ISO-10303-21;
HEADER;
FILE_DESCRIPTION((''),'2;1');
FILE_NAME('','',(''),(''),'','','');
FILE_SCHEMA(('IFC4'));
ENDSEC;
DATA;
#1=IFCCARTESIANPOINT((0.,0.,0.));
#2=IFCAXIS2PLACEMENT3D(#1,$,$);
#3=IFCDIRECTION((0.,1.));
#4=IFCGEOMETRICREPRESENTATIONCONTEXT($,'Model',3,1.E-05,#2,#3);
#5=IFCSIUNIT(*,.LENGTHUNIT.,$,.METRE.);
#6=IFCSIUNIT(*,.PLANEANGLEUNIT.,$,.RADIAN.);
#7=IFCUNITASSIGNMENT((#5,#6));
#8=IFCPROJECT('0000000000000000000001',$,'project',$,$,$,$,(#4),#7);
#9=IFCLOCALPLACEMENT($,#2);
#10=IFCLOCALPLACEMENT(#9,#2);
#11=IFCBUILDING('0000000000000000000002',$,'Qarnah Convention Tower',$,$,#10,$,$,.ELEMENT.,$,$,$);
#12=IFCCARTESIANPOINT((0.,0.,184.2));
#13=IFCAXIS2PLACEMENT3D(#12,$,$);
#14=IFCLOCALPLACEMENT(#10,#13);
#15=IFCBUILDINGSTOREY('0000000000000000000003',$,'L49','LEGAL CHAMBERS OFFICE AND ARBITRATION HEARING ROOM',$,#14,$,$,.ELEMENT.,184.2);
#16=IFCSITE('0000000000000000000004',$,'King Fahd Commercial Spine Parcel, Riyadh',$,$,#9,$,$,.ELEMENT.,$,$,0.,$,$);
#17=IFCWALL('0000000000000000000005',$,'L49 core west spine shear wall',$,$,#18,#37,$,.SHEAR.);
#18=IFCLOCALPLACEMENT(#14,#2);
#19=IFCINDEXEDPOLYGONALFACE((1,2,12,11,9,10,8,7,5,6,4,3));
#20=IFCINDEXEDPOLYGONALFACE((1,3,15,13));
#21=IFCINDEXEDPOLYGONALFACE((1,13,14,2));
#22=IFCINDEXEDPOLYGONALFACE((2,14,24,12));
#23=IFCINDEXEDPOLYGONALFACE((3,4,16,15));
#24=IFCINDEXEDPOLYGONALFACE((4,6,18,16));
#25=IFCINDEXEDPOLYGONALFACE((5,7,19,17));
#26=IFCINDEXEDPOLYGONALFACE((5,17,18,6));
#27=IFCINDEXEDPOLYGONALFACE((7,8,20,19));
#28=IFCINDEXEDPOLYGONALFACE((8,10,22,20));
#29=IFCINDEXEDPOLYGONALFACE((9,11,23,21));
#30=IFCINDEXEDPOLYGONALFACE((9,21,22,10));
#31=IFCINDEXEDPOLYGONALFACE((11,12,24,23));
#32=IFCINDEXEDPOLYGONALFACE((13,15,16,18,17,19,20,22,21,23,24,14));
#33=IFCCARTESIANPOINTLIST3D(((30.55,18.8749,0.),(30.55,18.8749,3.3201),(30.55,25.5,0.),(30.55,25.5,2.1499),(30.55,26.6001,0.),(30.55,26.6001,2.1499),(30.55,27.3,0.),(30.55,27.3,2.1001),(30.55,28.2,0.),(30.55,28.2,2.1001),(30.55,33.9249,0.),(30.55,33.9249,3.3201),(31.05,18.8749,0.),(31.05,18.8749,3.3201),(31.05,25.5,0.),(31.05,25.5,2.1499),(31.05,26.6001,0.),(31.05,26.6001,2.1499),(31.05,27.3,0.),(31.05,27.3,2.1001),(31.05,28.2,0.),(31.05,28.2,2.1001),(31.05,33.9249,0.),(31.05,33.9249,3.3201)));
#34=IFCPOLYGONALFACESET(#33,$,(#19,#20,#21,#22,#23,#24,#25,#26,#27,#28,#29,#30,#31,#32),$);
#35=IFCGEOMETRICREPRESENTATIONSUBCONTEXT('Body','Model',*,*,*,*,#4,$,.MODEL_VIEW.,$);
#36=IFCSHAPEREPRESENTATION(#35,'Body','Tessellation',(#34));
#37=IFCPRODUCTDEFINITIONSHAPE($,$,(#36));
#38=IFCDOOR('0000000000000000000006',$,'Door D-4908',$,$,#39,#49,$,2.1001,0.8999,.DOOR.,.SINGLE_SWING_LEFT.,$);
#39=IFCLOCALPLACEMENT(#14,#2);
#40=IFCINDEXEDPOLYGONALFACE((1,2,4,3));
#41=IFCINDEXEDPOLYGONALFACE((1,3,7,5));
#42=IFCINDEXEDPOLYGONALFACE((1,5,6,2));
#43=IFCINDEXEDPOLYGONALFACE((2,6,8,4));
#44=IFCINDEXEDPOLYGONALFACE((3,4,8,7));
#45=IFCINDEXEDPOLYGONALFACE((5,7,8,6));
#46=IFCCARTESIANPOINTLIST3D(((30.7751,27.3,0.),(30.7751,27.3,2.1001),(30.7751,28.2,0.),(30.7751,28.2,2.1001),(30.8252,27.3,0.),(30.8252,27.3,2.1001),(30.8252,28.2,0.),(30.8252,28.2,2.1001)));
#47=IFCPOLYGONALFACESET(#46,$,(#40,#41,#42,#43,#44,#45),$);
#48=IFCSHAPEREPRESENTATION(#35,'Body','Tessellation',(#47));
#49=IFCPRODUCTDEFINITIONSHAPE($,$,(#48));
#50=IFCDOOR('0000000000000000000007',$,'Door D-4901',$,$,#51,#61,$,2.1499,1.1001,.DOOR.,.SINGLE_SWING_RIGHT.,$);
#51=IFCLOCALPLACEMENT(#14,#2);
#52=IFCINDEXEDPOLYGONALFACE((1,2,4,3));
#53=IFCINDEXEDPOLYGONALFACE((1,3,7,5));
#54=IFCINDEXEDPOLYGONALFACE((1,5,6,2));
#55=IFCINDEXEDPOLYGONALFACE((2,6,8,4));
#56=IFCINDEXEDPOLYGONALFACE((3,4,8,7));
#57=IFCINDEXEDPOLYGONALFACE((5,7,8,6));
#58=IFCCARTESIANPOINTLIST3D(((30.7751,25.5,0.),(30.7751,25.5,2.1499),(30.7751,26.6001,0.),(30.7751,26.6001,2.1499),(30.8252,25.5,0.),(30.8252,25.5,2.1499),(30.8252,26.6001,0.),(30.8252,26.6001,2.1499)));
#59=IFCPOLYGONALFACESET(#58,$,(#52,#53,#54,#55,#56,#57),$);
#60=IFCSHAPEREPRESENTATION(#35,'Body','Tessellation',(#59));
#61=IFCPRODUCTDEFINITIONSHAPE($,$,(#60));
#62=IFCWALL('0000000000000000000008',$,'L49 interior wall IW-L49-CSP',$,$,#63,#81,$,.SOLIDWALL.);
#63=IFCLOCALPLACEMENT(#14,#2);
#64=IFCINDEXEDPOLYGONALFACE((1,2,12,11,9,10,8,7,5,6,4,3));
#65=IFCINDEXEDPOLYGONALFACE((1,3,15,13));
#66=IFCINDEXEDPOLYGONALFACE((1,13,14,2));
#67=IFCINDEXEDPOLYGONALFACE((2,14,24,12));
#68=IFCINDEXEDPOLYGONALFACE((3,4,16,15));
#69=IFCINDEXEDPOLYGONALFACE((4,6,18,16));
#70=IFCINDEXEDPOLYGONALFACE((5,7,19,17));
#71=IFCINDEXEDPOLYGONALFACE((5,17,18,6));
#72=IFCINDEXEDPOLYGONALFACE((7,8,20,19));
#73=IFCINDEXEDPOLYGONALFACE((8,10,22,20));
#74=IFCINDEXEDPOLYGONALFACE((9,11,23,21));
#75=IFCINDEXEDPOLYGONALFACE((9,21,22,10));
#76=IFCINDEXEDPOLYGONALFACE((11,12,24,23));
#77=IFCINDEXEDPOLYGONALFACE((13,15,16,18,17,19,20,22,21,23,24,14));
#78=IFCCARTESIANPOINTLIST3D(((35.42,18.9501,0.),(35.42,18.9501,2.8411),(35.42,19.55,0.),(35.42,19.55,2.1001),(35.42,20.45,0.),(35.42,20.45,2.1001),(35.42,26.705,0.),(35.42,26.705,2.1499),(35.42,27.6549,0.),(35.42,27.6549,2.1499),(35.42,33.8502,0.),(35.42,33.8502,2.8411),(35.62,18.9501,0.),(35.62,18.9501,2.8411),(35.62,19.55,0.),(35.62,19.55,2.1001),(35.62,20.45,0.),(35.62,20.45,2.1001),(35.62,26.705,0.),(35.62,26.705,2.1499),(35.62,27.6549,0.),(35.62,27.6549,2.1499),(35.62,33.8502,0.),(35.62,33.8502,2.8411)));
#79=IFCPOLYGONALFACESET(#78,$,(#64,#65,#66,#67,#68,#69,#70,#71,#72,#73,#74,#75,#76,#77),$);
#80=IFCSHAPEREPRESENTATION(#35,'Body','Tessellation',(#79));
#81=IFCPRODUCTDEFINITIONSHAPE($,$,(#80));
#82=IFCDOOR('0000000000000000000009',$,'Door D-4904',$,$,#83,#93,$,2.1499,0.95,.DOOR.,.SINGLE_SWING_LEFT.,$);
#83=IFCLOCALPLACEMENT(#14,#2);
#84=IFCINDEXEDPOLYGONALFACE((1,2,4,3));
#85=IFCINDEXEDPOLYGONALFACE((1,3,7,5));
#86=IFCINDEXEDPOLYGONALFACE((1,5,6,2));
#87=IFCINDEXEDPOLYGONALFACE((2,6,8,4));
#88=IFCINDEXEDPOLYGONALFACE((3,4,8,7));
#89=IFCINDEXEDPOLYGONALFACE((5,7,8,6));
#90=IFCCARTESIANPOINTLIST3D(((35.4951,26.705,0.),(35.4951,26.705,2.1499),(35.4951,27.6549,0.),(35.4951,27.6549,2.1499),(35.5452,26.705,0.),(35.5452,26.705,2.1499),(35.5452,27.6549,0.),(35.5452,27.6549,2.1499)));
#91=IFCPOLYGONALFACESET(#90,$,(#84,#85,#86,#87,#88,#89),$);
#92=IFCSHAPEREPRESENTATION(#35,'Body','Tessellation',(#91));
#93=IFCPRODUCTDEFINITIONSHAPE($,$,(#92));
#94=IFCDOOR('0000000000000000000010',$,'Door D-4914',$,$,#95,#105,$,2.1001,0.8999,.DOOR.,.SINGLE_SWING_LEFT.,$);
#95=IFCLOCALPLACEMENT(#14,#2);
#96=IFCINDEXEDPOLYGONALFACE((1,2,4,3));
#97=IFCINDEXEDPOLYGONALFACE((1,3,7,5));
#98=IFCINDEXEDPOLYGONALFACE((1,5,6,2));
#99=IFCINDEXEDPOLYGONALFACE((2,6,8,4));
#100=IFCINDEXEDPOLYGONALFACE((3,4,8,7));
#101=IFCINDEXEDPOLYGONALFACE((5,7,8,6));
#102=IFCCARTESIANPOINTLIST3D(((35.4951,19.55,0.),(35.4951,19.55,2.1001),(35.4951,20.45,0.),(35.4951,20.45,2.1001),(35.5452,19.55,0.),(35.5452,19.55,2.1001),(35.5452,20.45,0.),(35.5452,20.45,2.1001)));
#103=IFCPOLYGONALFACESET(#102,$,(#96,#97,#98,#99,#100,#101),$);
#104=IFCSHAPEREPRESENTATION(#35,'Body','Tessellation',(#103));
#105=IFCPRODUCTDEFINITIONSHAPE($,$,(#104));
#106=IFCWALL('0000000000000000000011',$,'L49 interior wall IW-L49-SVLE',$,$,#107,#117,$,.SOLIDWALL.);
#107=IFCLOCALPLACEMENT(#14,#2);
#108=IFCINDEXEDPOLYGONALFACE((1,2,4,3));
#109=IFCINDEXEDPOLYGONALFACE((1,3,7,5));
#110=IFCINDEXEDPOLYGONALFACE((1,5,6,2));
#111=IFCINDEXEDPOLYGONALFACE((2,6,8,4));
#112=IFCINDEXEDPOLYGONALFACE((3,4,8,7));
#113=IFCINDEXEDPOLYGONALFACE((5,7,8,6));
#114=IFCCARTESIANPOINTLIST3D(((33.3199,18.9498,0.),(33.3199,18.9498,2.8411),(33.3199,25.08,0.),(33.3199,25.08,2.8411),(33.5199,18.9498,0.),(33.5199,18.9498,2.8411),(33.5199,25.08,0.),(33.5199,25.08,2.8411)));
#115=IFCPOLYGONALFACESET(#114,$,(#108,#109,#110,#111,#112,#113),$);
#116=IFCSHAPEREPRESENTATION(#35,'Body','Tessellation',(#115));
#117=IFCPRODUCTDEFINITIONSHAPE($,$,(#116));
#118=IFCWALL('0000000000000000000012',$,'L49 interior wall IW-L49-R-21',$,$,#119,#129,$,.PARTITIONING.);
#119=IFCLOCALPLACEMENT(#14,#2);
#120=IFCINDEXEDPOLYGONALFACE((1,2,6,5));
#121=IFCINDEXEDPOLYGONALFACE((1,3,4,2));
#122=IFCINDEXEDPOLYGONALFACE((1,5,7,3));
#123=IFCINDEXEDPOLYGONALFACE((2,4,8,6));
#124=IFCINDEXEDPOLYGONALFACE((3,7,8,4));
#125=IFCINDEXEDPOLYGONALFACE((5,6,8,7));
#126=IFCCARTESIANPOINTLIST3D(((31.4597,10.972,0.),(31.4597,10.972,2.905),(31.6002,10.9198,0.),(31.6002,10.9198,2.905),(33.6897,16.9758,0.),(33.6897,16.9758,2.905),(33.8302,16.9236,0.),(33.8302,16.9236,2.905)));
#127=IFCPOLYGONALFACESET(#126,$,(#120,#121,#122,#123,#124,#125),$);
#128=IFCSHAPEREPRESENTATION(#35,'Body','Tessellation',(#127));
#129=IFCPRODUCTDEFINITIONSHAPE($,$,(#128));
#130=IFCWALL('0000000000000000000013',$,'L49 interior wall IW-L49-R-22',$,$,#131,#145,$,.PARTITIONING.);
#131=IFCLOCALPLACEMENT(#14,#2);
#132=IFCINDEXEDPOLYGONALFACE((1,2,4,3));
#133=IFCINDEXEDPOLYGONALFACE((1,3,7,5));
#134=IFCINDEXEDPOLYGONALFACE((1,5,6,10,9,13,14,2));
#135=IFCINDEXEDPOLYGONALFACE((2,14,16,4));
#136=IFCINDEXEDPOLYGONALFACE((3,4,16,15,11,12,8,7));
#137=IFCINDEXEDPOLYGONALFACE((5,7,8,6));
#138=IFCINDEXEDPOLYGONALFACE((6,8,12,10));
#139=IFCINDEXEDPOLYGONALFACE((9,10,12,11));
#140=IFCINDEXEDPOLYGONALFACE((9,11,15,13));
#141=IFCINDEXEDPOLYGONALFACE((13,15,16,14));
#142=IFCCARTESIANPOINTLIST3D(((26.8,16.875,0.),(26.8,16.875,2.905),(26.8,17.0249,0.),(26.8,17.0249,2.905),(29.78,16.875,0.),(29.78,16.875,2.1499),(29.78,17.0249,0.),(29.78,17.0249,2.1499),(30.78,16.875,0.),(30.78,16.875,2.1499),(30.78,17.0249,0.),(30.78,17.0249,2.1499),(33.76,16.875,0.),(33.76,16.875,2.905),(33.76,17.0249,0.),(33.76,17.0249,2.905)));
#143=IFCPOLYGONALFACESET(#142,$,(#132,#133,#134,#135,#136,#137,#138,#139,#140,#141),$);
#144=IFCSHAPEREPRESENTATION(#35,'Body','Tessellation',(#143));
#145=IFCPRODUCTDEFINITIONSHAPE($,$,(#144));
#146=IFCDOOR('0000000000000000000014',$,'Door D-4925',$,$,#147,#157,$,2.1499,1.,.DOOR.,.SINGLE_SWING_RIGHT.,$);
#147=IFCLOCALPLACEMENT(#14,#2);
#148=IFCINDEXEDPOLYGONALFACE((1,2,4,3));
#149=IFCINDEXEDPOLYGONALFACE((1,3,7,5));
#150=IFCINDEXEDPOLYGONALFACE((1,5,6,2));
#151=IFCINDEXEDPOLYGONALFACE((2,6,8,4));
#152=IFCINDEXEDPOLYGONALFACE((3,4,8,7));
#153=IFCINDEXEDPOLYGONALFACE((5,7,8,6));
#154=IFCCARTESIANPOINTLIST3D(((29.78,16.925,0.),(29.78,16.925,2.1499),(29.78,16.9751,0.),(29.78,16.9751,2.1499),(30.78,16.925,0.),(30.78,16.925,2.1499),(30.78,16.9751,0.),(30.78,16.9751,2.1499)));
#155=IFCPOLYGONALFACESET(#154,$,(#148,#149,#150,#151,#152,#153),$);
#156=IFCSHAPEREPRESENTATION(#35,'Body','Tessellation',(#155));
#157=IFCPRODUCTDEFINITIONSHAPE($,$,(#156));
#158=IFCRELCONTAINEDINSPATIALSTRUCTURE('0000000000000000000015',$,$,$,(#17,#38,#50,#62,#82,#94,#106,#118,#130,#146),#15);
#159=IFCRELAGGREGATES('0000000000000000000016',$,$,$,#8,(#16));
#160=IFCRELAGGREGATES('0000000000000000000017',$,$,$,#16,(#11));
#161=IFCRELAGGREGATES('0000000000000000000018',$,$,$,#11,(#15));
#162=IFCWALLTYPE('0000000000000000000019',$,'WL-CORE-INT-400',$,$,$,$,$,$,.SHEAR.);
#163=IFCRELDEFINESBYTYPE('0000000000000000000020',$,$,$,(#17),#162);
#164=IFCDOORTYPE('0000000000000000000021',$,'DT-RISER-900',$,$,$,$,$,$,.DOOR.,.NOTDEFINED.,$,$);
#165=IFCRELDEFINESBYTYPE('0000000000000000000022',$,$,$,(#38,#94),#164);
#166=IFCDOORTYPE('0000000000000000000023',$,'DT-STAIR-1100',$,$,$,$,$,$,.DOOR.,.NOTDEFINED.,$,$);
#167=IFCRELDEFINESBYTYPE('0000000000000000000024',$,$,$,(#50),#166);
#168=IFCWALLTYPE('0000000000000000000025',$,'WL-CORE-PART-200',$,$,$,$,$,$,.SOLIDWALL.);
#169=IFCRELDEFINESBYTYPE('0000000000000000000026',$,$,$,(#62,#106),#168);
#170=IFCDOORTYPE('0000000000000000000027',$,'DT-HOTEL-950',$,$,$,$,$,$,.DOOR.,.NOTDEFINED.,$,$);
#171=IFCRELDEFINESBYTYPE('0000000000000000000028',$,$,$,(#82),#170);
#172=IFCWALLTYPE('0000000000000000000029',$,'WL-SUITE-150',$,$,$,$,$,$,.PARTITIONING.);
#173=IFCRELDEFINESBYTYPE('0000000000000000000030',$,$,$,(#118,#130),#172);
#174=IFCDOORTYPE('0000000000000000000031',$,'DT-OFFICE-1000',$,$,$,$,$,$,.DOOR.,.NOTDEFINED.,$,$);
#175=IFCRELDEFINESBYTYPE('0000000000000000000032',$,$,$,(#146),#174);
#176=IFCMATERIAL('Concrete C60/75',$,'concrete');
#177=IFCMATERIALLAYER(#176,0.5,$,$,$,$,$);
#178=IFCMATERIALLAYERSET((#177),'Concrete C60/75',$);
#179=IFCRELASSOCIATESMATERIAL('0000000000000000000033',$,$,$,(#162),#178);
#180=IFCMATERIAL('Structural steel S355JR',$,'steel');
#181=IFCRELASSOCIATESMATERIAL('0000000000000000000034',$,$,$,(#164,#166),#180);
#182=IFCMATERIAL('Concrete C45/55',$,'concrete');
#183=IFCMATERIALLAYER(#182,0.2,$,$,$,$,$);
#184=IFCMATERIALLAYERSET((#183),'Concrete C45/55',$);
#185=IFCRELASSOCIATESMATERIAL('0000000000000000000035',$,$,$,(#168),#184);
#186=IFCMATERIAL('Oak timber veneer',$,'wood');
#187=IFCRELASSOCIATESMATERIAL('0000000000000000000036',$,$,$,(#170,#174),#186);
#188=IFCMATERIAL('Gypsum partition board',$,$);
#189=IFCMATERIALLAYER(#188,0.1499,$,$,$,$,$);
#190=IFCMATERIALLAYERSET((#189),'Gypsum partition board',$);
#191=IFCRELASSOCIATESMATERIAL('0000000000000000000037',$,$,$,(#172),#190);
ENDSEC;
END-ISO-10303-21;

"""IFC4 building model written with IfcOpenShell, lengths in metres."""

from ifc_helpers import new_model, si_unit, direction, frame, frame_2d, origin, place, context, subcontext, project, spatial, rectangle, extrude, material, layer, layer_set, type_object, element, fill, save


model = new_model("IFC4")

# Units and contexts
model_context = context("Model", 3, precision=1e-05, world=origin(), true_north=direction((0.0, 1.0)))
body_context = subcontext(model_context, "Body", "Model", "MODEL_VIEW")
ifc_project = project(units=[si_unit("LENGTHUNIT", "METRE"), si_unit("PLANEANGLEUNIT", "RADIAN")], contexts=[model_context])

# Site, building, storey
site_placement = place(None, origin())
site = spatial("IfcSite", under=ifc_project, at=site_placement, Name="King Fahd Commercial Spine Parcel, Riyadh", CompositionType="ELEMENT", RefElevation=0.0)
building_placement = place(site_placement, origin())
building = spatial("IfcBuilding", under=site, at=building_placement, Name="Qarnah Convention Tower", CompositionType="ELEMENT")
storey_placement = place(building_placement, frame((0.0, 0.0, 184.2)))
storey = spatial("IfcBuildingStorey", under=building, at=storey_placement, Name="L49", Description="LEGAL CHAMBERS OFFICE AND ARBITRATION HEARING ROOM", CompositionType="ELEMENT", Elevation=184.2)

# Shared definitions
ifc_material_1 = material(Name="Structural steel S355JR", Category="steel")

# Walls, openings, doors
ifc_material_2 = material(Name="Concrete C60/75", Category="concrete")
ifc_layer_1 = layer(ifc_material_2, 0.5)
ifc_layer_set_1 = layer_set([ifc_layer_1], Name="Concrete C60/75")
wall_type_1 = type_object("IfcWallType", Name="WL-CORE-INT-400", PredefinedType="SHEAR", material=ifc_layer_set_1)
wall_1_placement = place(storey_placement, frame((30.8, 18.875, 0.0), z_axis=(0.0, 0.0, 1.0), x_axis=(0.0, 1.0, 0.0)))
wall_1 = element("IfcWall", 1, at=wall_1_placement, inside=storey, type_object=wall_type_1, Name="L49 core west spine shear wall", PredefinedType="SHEAR", context=body_context, shape_type="SweptSolid", body=[
    extrude(rectangle(XDim=15.05, YDim=0.5, at=frame_2d((7.5249, 0.0))), origin(), (0.0, 0.0, 1.0), 3.3201),
])
opening_1_placement = place(wall_1_placement, frame((6.625, 0.0, 0.0)))
opening_1 = element("IfcOpeningElement", 2, at=opening_1_placement, cuts=wall_1, PredefinedType="OPENING", context=body_context, shape_type="SweptSolid", body=[
    extrude(rectangle(XDim=1.1001, YDim=2.1499, at=frame_2d((0.55, 1.075))), frame((0.0, 0.26, 0.0), z_axis=(0.0, -1.0, 0.0), x_axis=(1.0, 0.0, 0.0)), (0.0, 0.0, 1.0), 0.52),
])
opening_2_placement = place(wall_1_placement, frame((8.425, 0.0, 0.0)))
opening_2 = element("IfcOpeningElement", 3, at=opening_2_placement, cuts=wall_1, PredefinedType="OPENING", context=body_context, shape_type="SweptSolid", body=[
    extrude(rectangle(XDim=0.8999, YDim=2.1001, at=frame_2d((0.45, 1.05))), frame((0.0, 0.26, 0.0), z_axis=(0.0, -1.0, 0.0), x_axis=(1.0, 0.0, 0.0)), (0.0, 0.0, 1.0), 0.52),
])
door_type_1 = type_object("IfcDoorType", Name="DT-RISER-900", OperationType="NOTDEFINED", PredefinedType="DOOR", material=ifc_material_1)
door_1_placement = place(opening_2_placement, origin())
door_1 = element("IfcDoor", 4, at=door_1_placement, inside=storey, type_object=door_type_1, Name="Door D-4908", OperationType="SINGLE_SWING_LEFT", OverallHeight=2.1001, OverallWidth=0.8999, PredefinedType="DOOR", context=body_context, shape_type="SweptSolid", body=[
    extrude(rectangle(XDim=0.8999, YDim=2.1001, at=frame_2d((0.45, 1.05))), frame((0.0, 0.0249, 0.0), z_axis=(0.0, -1.0, 0.0), x_axis=(1.0, 0.0, 0.0)), (0.0, 0.0, 1.0), 0.05),
])
fill(opening_2, door_1)
door_type_2 = type_object("IfcDoorType", Name="DT-STAIR-1100", OperationType="NOTDEFINED", PredefinedType="DOOR", material=ifc_material_1)
door_2_placement = place(opening_1_placement, origin())
door_2 = element("IfcDoor", 5, at=door_2_placement, inside=storey, type_object=door_type_2, Name="Door D-4901", OperationType="SINGLE_SWING_RIGHT", OverallHeight=2.1499, OverallWidth=1.1001, PredefinedType="DOOR", context=body_context, shape_type="SweptSolid", body=[
    extrude(rectangle(XDim=1.1001, YDim=2.1499, at=frame_2d((0.55, 1.075))), frame((0.0, 0.0249, 0.0), z_axis=(0.0, -1.0, 0.0), x_axis=(1.0, 0.0, 0.0)), (0.0, 0.0, 1.0), 0.05),
])
fill(opening_1, door_2)
ifc_material_3 = material(Name="Concrete C45/55", Category="concrete")
ifc_layer_2 = layer(ifc_material_3, 0.2)
ifc_layer_set_2 = layer_set([ifc_layer_2], Name="Concrete C45/55")
wall_type_2 = type_object("IfcWallType", Name="WL-CORE-PART-200", PredefinedType="SOLIDWALL", material=ifc_layer_set_2)
wall_2_placement = place(storey_placement, frame((35.52, 18.95, 0.0), z_axis=(0.0, 0.0, 1.0), x_axis=(0.0, 1.0, 0.0)))
wall_2 = element("IfcWall", 6, at=wall_2_placement, inside=storey, type_object=wall_type_2, Name="L49 interior wall IW-L49-CSP", PredefinedType="SOLIDWALL", context=body_context, shape_type="SweptSolid", body=[
    extrude(rectangle(XDim=14.9001, YDim=0.2, at=frame_2d((7.4502, 0.0))), origin(), (0.0, 0.0, 1.0), 2.8411),
])
opening_3_placement = place(wall_2_placement, frame((7.7549, 0.0, 0.0)))
opening_3 = element("IfcOpeningElement", 7, at=opening_3_placement, cuts=wall_2, PredefinedType="OPENING", context=body_context, shape_type="SweptSolid", body=[
    extrude(rectangle(XDim=0.95, YDim=2.1499, at=frame_2d((0.4751, 1.075))), frame((0.0, 0.1099, 0.0), z_axis=(0.0, -1.0, 0.0), x_axis=(1.0, 0.0, 0.0)), (0.0, 0.0, 1.0), 0.22),
])
opening_4_placement = place(wall_2_placement, frame((0.6001, 0.0, 0.0)))
opening_4 = element("IfcOpeningElement", 8, at=opening_4_placement, cuts=wall_2, PredefinedType="OPENING", context=body_context, shape_type="SweptSolid", body=[
    extrude(rectangle(XDim=0.8999, YDim=2.1001, at=frame_2d((0.45, 1.05))), frame((0.0, 0.1099, 0.0), z_axis=(0.0, -1.0, 0.0), x_axis=(1.0, 0.0, 0.0)), (0.0, 0.0, 1.0), 0.22),
])
ifc_material_4 = material(Name="Oak timber veneer", Category="wood")
door_type_3 = type_object("IfcDoorType", Name="DT-HOTEL-950", OperationType="NOTDEFINED", PredefinedType="DOOR", material=ifc_material_4)
door_3_placement = place(opening_3_placement, origin())
door_3 = element("IfcDoor", 9, at=door_3_placement, inside=storey, type_object=door_type_3, Name="Door D-4904", OperationType="SINGLE_SWING_LEFT", OverallHeight=2.1499, OverallWidth=0.95, PredefinedType="DOOR", context=body_context, shape_type="SweptSolid", body=[
    extrude(rectangle(XDim=0.95, YDim=2.1499, at=frame_2d((0.4751, 1.075))), frame((0.0, 0.0249, 0.0), z_axis=(0.0, -1.0, 0.0), x_axis=(1.0, 0.0, 0.0)), (0.0, 0.0, 1.0), 0.05),
])
fill(opening_3, door_3)
door_4_placement = place(opening_4_placement, origin())
door_4 = element("IfcDoor", 10, at=door_4_placement, inside=storey, type_object=door_type_1, Name="Door D-4914", OperationType="SINGLE_SWING_LEFT", OverallHeight=2.1001, OverallWidth=0.8999, PredefinedType="DOOR", context=body_context, shape_type="SweptSolid", body=[
    extrude(rectangle(XDim=0.8999, YDim=2.1001, at=frame_2d((0.45, 1.05))), frame((0.0, 0.0249, 0.0), z_axis=(0.0, -1.0, 0.0), x_axis=(1.0, 0.0, 0.0)), (0.0, 0.0, 1.0), 0.05),
])
fill(opening_4, door_4)

# Walls
wall_3_placement = place(storey_placement, frame((33.4199, 18.95, 0.0), z_axis=(0.0, 0.0, 1.0), x_axis=(0.0, 1.0, 0.0)))
element("IfcWall", 11, at=wall_3_placement, inside=storey, type_object=wall_type_2, Name="L49 interior wall IW-L49-SVLE", PredefinedType="SOLIDWALL", context=body_context, shape_type="SweptSolid", body=[
    extrude(rectangle(XDim=6.1301, YDim=0.2, at=frame_2d((3.0649, 0.0))), origin(), (0.0, 0.0, 1.0), 2.8411),
])
ifc_material_5 = material(Name="Gypsum partition board")
ifc_layer_3 = layer(ifc_material_5, 0.1499)
ifc_layer_set_3 = layer_set([ifc_layer_3], Name="Gypsum partition board")
wall_type_3 = type_object("IfcWallType", Name="WL-SUITE-150", PredefinedType="PARTITIONING", material=ifc_layer_set_3)
wall_4_placement = place(storey_placement, frame((31.53, 10.946, 0.0), z_axis=(0.0, 0.0, 1.0), x_axis=(0.348181, 0.937427, 0.0)))
element("IfcWall", 12, at=wall_4_placement, inside=storey, type_object=wall_type_3, Name="L49 interior wall IW-L49-R-21", PredefinedType="PARTITIONING", context=body_context, shape_type="SweptSolid", body=[
    extrude(rectangle(XDim=6.4045, YDim=0.1499, at=frame_2d((3.2021, 0.0))), origin(), (0.0, 0.0, 1.0), 2.905),
])

# Wall, opening, door
wall_5_placement = place(storey_placement, frame((33.76, 16.95, 0.0), z_axis=(0.0, 0.0, 1.0), x_axis=(-1.0, 0.0, 0.0)))
wall_5 = element("IfcWall", 13, at=wall_5_placement, inside=storey, type_object=wall_type_3, Name="L49 interior wall IW-L49-R-22", PredefinedType="PARTITIONING", context=body_context, shape_type="SweptSolid", body=[
    extrude(rectangle(XDim=6.96, YDim=0.1499, at=frame_2d((3.48, 0.0))), origin(), (0.0, 0.0, 1.0), 2.905),
])
opening_5_placement = place(wall_5_placement, frame((2.98, 0.0, 0.0)))
opening_5 = element("IfcOpeningElement", 14, at=opening_5_placement, cuts=wall_5, PredefinedType="OPENING", context=body_context, shape_type="SweptSolid", body=[
    extrude(rectangle(XDim=1.0, YDim=2.1499, at=frame_2d((0.5, 1.075))), frame((0.0, 0.085, 0.0), z_axis=(0.0, -1.0, 0.0), x_axis=(1.0, 0.0, 0.0)), (0.0, 0.0, 1.0), 0.1699),
])
door_type_4 = type_object("IfcDoorType", Name="DT-OFFICE-1000", OperationType="NOTDEFINED", PredefinedType="DOOR", material=ifc_material_4)
door_5_placement = place(opening_5_placement, origin())
door_5 = element("IfcDoor", 15, at=door_5_placement, inside=storey, type_object=door_type_4, Name="Door D-4925", OperationType="SINGLE_SWING_RIGHT", OverallHeight=2.1499, OverallWidth=1.0, PredefinedType="DOOR", context=body_context, shape_type="SweptSolid", body=[
    extrude(rectangle(XDim=1.0, YDim=2.1499, at=frame_2d((0.5, 1.075))), frame((0.0, 0.0249, 0.0), z_axis=(0.0, -1.0, 0.0), x_axis=(1.0, 0.0, 0.0)), (0.0, 0.0, 1.0), 0.05),
])
fill(opening_5, door_5)

save(model, "model.ifc")
